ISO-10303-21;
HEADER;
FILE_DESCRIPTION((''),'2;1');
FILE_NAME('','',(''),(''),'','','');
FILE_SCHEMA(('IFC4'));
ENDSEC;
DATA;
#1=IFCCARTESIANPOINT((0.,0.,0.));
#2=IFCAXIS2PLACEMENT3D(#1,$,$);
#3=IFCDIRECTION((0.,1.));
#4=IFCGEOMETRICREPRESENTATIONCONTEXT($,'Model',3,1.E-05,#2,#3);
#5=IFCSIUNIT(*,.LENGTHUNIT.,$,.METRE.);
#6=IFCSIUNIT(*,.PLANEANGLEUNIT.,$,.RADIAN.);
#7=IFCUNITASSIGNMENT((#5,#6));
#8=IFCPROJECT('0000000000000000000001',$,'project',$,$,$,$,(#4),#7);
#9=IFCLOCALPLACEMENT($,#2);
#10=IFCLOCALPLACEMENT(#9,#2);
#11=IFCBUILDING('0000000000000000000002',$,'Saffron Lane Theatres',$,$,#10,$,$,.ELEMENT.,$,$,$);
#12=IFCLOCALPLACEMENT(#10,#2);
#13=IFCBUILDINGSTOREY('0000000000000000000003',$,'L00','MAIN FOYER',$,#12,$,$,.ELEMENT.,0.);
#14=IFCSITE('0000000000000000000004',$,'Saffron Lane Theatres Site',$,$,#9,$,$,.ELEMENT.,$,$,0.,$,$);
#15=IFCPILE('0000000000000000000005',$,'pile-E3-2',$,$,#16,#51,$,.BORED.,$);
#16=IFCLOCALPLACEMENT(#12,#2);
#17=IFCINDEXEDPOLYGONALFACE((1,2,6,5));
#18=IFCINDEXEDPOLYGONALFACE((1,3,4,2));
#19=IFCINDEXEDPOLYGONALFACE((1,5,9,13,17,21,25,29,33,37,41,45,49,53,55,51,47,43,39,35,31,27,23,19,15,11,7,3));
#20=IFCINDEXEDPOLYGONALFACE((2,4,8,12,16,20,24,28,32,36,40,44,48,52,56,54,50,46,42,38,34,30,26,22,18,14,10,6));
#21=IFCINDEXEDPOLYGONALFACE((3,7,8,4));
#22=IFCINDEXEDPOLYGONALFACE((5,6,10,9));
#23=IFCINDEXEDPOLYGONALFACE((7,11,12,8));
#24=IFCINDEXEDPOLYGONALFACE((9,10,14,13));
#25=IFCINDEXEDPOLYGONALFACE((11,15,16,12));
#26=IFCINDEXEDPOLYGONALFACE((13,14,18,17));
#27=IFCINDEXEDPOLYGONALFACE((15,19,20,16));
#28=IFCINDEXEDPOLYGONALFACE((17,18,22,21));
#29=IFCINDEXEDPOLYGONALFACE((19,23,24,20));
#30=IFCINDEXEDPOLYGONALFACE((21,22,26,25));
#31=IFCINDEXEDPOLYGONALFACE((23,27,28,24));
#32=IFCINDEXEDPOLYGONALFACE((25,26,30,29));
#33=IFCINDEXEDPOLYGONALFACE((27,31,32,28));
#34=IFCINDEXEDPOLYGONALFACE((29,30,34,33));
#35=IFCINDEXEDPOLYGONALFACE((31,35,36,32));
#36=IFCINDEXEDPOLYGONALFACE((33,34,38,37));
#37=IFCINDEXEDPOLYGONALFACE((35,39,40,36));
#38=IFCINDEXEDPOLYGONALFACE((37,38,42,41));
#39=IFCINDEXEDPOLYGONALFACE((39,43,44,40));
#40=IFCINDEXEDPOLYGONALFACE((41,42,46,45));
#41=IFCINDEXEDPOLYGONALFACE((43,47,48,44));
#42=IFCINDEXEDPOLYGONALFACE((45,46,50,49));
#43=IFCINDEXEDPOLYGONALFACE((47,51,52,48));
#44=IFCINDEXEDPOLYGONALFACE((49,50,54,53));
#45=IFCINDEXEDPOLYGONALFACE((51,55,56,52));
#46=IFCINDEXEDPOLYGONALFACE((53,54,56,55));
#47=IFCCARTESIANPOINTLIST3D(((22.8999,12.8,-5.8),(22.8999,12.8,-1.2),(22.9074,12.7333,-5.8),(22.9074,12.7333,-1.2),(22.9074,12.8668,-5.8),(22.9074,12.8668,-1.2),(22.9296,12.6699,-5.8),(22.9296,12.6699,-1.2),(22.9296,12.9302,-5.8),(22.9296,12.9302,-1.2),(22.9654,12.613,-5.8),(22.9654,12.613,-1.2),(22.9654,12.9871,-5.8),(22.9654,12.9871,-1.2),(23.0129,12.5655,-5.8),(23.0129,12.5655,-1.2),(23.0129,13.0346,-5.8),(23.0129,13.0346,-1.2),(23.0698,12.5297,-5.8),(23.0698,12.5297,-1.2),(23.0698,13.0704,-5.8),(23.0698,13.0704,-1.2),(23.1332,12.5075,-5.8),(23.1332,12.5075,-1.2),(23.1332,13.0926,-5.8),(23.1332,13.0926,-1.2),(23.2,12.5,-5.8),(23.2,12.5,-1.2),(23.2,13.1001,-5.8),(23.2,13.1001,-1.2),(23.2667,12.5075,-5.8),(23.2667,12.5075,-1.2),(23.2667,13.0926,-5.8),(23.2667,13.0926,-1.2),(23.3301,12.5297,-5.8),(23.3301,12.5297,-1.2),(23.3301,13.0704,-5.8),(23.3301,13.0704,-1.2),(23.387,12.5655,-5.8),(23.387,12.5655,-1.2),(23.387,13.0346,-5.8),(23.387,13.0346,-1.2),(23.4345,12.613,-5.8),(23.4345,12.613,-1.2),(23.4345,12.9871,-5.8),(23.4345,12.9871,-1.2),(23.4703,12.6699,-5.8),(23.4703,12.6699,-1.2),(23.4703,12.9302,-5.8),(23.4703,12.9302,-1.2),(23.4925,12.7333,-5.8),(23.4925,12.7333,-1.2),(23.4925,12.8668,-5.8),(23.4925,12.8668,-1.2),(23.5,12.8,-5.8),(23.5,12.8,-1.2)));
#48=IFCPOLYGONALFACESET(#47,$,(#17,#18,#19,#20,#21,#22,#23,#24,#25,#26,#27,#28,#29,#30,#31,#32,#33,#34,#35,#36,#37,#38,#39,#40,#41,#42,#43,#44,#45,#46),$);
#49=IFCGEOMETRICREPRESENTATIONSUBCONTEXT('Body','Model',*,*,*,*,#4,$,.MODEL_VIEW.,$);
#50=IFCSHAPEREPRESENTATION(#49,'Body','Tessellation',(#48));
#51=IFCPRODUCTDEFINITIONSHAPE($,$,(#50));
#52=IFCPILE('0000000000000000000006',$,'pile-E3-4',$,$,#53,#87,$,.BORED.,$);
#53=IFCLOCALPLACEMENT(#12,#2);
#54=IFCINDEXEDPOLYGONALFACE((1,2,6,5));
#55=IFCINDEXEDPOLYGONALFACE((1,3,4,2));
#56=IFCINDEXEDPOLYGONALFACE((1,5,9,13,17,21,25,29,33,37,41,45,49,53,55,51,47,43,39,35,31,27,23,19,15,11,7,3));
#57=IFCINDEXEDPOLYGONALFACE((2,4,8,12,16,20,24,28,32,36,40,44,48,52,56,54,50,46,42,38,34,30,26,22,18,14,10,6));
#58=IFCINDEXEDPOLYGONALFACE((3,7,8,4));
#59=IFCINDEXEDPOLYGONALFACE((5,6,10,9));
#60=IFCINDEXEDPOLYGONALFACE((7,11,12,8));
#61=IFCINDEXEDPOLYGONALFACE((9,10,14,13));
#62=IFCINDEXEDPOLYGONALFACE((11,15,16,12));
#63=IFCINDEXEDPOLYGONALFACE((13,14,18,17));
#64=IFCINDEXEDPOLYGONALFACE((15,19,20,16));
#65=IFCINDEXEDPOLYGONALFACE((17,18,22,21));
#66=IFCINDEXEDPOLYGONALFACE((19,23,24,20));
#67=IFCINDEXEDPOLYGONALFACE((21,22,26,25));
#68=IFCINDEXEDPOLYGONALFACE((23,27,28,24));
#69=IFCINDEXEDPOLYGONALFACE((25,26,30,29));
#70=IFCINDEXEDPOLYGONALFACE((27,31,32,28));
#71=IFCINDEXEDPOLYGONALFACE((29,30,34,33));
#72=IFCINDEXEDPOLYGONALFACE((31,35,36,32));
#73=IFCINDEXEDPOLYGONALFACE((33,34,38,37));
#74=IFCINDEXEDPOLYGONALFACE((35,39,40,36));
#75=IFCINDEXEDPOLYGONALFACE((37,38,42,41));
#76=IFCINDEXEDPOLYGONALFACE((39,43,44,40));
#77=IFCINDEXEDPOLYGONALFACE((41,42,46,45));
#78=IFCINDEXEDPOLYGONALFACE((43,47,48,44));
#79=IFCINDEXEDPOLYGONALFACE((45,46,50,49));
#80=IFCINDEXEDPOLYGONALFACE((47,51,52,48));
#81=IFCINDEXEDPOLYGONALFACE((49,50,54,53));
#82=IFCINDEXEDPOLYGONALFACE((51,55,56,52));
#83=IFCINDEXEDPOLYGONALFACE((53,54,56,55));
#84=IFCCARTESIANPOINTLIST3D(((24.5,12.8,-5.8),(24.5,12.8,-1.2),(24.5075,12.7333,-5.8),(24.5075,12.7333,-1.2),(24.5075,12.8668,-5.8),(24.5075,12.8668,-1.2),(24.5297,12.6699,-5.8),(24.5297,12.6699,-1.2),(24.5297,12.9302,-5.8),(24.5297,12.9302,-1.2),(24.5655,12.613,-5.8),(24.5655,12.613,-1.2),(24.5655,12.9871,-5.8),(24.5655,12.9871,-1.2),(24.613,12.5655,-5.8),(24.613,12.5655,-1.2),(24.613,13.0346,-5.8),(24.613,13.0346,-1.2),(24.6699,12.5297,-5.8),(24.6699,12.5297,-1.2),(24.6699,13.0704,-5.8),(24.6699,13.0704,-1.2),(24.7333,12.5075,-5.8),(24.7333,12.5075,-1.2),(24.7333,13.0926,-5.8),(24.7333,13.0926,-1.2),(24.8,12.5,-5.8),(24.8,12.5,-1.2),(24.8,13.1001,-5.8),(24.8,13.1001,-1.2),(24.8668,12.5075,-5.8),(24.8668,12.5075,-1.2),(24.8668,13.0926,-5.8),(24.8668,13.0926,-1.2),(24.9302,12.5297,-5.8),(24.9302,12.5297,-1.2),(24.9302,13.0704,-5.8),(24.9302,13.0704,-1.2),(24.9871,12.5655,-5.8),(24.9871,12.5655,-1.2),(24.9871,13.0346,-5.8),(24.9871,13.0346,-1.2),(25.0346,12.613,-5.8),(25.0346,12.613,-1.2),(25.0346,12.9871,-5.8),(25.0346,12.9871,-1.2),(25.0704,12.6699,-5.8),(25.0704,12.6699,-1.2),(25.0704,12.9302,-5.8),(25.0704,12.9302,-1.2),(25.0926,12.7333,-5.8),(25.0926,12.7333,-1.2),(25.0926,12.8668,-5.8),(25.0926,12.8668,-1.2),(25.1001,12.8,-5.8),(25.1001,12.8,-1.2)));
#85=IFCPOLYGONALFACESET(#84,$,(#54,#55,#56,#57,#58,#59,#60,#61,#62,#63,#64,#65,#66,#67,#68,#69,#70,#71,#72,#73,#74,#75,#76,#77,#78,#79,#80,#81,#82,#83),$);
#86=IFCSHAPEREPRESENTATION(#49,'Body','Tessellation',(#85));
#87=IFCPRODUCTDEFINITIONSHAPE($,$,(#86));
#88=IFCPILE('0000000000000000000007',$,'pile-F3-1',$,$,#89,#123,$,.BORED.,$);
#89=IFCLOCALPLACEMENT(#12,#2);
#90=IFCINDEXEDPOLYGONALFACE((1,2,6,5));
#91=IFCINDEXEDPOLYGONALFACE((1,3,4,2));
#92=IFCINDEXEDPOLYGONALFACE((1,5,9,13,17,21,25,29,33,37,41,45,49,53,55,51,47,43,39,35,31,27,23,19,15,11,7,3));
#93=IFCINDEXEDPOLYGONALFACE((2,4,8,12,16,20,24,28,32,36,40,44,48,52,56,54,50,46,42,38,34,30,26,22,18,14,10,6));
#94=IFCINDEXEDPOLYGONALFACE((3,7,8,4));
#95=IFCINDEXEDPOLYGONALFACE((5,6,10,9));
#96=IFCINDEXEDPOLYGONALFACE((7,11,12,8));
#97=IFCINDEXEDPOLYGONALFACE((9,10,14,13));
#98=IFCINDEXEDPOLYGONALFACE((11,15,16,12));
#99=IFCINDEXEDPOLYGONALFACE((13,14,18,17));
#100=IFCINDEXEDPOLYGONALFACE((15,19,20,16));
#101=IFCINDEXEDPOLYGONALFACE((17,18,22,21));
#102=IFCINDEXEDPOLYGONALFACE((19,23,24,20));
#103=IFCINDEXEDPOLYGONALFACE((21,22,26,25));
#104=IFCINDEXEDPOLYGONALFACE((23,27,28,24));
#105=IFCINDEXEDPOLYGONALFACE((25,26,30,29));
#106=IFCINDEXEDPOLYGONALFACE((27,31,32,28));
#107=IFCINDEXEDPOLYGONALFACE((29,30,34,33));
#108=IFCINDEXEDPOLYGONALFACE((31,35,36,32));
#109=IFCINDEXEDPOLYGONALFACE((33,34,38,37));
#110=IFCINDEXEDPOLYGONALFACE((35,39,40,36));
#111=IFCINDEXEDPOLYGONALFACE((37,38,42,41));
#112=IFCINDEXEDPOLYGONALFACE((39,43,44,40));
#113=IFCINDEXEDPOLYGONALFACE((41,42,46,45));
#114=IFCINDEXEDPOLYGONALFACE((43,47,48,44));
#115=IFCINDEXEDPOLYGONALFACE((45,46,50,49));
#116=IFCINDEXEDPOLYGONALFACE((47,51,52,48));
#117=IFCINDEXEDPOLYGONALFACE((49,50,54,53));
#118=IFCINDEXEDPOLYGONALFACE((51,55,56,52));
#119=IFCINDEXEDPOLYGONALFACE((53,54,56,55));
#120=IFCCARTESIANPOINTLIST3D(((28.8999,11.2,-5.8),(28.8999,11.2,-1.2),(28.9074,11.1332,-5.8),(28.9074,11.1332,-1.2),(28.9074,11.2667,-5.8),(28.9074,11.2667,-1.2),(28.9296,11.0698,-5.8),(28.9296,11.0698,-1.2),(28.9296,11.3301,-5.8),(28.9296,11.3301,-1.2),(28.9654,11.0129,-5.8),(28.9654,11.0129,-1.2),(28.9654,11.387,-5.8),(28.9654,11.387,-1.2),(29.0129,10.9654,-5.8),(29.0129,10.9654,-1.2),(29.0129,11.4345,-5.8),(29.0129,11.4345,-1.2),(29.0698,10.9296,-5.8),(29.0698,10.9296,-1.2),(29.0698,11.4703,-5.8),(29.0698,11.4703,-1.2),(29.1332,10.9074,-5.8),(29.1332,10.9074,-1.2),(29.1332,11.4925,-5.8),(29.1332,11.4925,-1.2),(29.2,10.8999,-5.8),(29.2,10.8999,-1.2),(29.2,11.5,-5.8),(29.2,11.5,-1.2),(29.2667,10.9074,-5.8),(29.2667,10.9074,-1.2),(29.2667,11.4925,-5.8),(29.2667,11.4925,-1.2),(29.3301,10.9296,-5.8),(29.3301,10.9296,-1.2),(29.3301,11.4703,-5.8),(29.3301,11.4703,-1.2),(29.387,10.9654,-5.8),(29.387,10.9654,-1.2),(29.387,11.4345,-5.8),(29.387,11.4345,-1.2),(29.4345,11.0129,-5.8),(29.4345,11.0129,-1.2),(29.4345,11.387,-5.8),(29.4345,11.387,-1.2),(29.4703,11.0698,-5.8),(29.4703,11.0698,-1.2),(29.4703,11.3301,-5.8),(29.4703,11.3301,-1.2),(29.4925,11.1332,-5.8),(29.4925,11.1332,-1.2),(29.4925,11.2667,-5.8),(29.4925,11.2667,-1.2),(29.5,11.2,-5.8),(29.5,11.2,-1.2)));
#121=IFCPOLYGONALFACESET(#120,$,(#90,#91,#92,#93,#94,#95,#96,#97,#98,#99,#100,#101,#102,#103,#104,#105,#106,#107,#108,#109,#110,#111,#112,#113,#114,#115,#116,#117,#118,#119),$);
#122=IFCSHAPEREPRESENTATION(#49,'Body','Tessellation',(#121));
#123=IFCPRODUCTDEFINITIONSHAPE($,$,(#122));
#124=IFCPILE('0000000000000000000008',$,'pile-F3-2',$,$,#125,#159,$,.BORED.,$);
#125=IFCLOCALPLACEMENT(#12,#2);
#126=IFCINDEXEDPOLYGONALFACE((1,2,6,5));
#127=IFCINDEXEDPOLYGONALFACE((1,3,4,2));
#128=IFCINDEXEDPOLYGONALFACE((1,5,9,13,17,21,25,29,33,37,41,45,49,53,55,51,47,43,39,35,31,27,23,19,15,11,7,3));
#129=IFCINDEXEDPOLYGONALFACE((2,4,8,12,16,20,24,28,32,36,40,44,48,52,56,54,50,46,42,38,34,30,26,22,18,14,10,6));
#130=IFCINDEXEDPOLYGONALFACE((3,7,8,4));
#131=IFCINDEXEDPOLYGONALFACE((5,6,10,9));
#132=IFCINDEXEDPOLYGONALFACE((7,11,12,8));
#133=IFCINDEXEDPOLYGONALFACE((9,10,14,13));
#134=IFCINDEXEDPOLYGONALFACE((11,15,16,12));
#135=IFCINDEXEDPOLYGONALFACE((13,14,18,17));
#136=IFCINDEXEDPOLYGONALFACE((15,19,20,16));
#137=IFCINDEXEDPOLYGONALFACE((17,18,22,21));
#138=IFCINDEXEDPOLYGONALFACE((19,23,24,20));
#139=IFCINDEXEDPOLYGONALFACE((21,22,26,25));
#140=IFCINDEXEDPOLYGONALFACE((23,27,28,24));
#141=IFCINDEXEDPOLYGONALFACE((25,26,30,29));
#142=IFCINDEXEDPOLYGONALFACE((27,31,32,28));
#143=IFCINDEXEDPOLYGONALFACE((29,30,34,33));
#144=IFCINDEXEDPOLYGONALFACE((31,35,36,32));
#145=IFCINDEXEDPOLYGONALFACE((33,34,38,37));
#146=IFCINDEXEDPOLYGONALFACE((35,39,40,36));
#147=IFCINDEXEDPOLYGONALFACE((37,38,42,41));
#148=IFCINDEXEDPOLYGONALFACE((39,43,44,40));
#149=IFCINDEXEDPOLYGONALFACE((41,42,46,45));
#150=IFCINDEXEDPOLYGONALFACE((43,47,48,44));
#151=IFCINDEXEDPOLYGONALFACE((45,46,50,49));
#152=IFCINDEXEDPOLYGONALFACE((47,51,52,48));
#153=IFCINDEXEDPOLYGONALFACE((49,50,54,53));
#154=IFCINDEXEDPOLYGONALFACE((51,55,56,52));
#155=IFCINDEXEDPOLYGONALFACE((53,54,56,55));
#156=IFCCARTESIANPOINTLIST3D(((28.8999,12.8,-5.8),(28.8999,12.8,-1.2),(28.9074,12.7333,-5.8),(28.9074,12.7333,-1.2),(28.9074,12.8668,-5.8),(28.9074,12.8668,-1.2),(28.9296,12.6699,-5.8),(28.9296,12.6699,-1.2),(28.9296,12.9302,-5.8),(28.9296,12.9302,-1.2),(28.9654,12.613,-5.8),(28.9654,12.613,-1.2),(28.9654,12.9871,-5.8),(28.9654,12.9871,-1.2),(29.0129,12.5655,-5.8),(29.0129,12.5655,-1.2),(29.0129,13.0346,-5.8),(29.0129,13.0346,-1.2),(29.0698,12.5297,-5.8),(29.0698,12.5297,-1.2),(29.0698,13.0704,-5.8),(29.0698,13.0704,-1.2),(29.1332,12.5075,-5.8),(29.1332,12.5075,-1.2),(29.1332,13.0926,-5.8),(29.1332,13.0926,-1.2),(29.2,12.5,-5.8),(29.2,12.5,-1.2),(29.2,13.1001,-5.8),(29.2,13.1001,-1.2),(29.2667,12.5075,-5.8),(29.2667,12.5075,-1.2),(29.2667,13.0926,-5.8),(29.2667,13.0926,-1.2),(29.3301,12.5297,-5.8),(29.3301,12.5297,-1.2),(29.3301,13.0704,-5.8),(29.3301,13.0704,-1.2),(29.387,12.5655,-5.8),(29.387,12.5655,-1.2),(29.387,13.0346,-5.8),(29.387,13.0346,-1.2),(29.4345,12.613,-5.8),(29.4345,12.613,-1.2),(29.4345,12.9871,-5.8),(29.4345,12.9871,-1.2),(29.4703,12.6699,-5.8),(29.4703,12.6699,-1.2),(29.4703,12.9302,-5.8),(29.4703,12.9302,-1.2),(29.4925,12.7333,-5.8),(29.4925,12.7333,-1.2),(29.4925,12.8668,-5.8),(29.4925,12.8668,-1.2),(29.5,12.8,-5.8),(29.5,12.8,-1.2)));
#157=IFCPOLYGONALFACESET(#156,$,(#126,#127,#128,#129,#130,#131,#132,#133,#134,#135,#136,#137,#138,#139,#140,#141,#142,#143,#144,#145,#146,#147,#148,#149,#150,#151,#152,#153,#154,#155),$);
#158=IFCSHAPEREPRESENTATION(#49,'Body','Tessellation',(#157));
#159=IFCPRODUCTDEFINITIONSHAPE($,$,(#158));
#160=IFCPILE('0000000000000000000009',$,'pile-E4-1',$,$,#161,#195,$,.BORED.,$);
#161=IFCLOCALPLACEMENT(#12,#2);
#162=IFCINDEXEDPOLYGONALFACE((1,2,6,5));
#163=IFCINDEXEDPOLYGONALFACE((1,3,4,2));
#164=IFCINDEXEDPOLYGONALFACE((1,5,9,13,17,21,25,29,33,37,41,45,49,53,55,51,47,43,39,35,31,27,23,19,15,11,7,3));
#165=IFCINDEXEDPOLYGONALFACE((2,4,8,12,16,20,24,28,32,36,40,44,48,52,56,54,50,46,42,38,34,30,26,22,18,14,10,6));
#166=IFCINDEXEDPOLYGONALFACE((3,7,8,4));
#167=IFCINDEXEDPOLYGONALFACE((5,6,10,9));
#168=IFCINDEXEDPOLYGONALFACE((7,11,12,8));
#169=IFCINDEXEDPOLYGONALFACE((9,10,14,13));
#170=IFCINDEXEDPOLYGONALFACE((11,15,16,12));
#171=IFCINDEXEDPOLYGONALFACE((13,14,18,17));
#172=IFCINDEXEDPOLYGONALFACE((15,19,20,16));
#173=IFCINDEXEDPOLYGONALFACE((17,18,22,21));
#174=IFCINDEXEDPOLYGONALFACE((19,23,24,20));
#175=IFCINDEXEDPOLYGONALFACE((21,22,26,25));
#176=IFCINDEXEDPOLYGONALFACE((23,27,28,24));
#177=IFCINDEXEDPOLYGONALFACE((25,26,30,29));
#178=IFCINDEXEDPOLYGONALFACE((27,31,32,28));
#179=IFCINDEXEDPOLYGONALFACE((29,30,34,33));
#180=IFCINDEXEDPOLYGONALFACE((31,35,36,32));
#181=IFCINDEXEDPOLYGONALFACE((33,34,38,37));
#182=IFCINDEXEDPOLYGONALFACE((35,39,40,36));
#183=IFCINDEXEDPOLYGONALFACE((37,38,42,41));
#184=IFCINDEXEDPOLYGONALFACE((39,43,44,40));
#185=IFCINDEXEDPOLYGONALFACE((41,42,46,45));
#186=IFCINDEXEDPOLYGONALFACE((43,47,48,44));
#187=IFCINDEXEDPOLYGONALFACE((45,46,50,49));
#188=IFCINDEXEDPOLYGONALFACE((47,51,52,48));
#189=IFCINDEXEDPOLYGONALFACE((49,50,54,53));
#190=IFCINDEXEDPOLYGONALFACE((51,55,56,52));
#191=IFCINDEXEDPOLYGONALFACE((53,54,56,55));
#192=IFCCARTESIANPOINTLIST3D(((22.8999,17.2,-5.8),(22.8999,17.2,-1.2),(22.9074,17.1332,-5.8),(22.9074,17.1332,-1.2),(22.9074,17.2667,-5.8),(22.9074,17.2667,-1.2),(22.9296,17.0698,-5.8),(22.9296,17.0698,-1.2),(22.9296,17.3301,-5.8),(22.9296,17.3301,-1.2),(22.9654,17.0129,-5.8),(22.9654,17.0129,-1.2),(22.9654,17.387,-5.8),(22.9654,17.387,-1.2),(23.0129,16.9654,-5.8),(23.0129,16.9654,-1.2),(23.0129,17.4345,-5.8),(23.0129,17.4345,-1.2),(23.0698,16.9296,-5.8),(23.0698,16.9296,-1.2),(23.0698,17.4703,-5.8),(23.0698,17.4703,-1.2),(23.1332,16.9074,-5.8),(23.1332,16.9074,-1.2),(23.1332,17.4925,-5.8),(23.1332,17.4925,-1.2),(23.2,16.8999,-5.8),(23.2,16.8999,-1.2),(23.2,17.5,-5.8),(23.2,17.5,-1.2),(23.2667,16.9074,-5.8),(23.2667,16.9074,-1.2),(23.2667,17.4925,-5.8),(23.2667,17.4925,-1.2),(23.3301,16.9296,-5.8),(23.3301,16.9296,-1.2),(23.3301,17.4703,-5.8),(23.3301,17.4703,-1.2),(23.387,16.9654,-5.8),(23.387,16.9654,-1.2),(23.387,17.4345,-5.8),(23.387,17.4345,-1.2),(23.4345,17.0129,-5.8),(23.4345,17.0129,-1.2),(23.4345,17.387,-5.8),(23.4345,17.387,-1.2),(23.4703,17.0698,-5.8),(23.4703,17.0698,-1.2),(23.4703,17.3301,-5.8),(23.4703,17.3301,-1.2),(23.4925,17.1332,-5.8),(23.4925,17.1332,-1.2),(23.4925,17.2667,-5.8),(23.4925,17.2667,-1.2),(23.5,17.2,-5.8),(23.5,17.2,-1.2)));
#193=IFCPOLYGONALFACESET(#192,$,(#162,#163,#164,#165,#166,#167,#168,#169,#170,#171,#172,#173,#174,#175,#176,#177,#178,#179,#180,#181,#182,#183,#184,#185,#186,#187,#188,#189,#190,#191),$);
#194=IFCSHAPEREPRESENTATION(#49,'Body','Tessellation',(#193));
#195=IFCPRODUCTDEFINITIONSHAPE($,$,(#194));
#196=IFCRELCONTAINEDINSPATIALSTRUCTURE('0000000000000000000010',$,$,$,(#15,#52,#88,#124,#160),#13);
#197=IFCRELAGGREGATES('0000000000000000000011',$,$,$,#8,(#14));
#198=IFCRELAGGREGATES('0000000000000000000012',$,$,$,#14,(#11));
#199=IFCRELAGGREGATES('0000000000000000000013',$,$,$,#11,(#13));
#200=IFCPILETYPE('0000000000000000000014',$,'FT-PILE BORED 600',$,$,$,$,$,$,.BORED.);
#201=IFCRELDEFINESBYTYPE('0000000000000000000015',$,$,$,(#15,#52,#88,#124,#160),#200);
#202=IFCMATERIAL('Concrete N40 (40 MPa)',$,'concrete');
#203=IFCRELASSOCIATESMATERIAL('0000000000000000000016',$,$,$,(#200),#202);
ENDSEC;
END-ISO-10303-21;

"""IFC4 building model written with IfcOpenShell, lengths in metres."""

from ifc_helpers import new_model, si_unit, direction, frame, origin, origin_2d, place, context, subcontext, project, spatial, circle, extrude, material, material_profile, profile_set, type_object, element, save


model = new_model("IFC4")

# Units and contexts
model_context = context("Model", 3, precision=1e-05, world=origin(), true_north=direction((0.0, 1.0)))
body_context = subcontext(model_context, "Body", "Model", "MODEL_VIEW")
ifc_project = project(units=[si_unit("LENGTHUNIT", "METRE"), si_unit("PLANEANGLEUNIT", "RADIAN")], contexts=[model_context])

# Site, building, storey
site_placement = place(None, origin())
site = spatial("IfcSite", under=ifc_project, at=site_placement, Name="Saffron Lane Theatres Site", CompositionType="ELEMENT", RefElevation=0.0)
building_placement = place(site_placement, origin())
building = spatial("IfcBuilding", under=site, at=building_placement, Name="Saffron Lane Theatres", CompositionType="ELEMENT")
storey_placement = place(building_placement, origin())
storey = spatial("IfcBuildingStorey", under=building, at=storey_placement, Name="L00", Description="MAIN FOYER", CompositionType="ELEMENT", Elevation=0.0)

# Piles
ifc_material_1 = material(Name="Concrete N40 (40 MPa)", Category="concrete")
ifc_material_profile_1 = material_profile(ifc_material_1, circle(Radius=0.3, at=origin_2d()))
ifc_profile_set_1 = profile_set([ifc_material_profile_1], Name="Concrete N40 (40 MPa)")
pile_type = type_object("IfcPileType", Name="FT-PILE BORED 600", PredefinedType="BORED", material=ifc_profile_set_1)
for number, where, z_axis, x_axis, name in (
    (1, (23.2, 12.8, -1.2), (0.0, 0.0, -1.0), (1.0, 0.0, 0.0), "pile-E3-2"),
    (2, (24.8, 12.8, -1.2), (0.0, 0.0, -1.0), (1.0, 0.0, 0.0), "pile-E3-4"),
    (3, (29.2, 11.2, -1.2), (0.0, 0.0, -1.0), (1.0, 0.0, 0.0), "pile-F3-1"),
    (4, (29.2, 12.8, -1.2), (0.0, 0.0, -1.0), (1.0, 0.0, 0.0), "pile-F3-2"),
    (5, (23.2, 17.2, -1.2), (0.0, 0.0, -1.0), (1.0, 0.0, 0.0), "pile-E4-1"),
):
    element("IfcPile", number, at=place(storey_placement, frame(where, z_axis=z_axis, x_axis=x_axis)), inside=storey, type_object=pile_type, Name=name, PredefinedType="BORED", context=body_context, shape_type="SweptSolid", body=[
        extrude(circle(Radius=0.3, at=origin_2d()), origin(), (0.0, 0.0, 1.0), 4.6001),
    ])

save(model, "model.ifc")
